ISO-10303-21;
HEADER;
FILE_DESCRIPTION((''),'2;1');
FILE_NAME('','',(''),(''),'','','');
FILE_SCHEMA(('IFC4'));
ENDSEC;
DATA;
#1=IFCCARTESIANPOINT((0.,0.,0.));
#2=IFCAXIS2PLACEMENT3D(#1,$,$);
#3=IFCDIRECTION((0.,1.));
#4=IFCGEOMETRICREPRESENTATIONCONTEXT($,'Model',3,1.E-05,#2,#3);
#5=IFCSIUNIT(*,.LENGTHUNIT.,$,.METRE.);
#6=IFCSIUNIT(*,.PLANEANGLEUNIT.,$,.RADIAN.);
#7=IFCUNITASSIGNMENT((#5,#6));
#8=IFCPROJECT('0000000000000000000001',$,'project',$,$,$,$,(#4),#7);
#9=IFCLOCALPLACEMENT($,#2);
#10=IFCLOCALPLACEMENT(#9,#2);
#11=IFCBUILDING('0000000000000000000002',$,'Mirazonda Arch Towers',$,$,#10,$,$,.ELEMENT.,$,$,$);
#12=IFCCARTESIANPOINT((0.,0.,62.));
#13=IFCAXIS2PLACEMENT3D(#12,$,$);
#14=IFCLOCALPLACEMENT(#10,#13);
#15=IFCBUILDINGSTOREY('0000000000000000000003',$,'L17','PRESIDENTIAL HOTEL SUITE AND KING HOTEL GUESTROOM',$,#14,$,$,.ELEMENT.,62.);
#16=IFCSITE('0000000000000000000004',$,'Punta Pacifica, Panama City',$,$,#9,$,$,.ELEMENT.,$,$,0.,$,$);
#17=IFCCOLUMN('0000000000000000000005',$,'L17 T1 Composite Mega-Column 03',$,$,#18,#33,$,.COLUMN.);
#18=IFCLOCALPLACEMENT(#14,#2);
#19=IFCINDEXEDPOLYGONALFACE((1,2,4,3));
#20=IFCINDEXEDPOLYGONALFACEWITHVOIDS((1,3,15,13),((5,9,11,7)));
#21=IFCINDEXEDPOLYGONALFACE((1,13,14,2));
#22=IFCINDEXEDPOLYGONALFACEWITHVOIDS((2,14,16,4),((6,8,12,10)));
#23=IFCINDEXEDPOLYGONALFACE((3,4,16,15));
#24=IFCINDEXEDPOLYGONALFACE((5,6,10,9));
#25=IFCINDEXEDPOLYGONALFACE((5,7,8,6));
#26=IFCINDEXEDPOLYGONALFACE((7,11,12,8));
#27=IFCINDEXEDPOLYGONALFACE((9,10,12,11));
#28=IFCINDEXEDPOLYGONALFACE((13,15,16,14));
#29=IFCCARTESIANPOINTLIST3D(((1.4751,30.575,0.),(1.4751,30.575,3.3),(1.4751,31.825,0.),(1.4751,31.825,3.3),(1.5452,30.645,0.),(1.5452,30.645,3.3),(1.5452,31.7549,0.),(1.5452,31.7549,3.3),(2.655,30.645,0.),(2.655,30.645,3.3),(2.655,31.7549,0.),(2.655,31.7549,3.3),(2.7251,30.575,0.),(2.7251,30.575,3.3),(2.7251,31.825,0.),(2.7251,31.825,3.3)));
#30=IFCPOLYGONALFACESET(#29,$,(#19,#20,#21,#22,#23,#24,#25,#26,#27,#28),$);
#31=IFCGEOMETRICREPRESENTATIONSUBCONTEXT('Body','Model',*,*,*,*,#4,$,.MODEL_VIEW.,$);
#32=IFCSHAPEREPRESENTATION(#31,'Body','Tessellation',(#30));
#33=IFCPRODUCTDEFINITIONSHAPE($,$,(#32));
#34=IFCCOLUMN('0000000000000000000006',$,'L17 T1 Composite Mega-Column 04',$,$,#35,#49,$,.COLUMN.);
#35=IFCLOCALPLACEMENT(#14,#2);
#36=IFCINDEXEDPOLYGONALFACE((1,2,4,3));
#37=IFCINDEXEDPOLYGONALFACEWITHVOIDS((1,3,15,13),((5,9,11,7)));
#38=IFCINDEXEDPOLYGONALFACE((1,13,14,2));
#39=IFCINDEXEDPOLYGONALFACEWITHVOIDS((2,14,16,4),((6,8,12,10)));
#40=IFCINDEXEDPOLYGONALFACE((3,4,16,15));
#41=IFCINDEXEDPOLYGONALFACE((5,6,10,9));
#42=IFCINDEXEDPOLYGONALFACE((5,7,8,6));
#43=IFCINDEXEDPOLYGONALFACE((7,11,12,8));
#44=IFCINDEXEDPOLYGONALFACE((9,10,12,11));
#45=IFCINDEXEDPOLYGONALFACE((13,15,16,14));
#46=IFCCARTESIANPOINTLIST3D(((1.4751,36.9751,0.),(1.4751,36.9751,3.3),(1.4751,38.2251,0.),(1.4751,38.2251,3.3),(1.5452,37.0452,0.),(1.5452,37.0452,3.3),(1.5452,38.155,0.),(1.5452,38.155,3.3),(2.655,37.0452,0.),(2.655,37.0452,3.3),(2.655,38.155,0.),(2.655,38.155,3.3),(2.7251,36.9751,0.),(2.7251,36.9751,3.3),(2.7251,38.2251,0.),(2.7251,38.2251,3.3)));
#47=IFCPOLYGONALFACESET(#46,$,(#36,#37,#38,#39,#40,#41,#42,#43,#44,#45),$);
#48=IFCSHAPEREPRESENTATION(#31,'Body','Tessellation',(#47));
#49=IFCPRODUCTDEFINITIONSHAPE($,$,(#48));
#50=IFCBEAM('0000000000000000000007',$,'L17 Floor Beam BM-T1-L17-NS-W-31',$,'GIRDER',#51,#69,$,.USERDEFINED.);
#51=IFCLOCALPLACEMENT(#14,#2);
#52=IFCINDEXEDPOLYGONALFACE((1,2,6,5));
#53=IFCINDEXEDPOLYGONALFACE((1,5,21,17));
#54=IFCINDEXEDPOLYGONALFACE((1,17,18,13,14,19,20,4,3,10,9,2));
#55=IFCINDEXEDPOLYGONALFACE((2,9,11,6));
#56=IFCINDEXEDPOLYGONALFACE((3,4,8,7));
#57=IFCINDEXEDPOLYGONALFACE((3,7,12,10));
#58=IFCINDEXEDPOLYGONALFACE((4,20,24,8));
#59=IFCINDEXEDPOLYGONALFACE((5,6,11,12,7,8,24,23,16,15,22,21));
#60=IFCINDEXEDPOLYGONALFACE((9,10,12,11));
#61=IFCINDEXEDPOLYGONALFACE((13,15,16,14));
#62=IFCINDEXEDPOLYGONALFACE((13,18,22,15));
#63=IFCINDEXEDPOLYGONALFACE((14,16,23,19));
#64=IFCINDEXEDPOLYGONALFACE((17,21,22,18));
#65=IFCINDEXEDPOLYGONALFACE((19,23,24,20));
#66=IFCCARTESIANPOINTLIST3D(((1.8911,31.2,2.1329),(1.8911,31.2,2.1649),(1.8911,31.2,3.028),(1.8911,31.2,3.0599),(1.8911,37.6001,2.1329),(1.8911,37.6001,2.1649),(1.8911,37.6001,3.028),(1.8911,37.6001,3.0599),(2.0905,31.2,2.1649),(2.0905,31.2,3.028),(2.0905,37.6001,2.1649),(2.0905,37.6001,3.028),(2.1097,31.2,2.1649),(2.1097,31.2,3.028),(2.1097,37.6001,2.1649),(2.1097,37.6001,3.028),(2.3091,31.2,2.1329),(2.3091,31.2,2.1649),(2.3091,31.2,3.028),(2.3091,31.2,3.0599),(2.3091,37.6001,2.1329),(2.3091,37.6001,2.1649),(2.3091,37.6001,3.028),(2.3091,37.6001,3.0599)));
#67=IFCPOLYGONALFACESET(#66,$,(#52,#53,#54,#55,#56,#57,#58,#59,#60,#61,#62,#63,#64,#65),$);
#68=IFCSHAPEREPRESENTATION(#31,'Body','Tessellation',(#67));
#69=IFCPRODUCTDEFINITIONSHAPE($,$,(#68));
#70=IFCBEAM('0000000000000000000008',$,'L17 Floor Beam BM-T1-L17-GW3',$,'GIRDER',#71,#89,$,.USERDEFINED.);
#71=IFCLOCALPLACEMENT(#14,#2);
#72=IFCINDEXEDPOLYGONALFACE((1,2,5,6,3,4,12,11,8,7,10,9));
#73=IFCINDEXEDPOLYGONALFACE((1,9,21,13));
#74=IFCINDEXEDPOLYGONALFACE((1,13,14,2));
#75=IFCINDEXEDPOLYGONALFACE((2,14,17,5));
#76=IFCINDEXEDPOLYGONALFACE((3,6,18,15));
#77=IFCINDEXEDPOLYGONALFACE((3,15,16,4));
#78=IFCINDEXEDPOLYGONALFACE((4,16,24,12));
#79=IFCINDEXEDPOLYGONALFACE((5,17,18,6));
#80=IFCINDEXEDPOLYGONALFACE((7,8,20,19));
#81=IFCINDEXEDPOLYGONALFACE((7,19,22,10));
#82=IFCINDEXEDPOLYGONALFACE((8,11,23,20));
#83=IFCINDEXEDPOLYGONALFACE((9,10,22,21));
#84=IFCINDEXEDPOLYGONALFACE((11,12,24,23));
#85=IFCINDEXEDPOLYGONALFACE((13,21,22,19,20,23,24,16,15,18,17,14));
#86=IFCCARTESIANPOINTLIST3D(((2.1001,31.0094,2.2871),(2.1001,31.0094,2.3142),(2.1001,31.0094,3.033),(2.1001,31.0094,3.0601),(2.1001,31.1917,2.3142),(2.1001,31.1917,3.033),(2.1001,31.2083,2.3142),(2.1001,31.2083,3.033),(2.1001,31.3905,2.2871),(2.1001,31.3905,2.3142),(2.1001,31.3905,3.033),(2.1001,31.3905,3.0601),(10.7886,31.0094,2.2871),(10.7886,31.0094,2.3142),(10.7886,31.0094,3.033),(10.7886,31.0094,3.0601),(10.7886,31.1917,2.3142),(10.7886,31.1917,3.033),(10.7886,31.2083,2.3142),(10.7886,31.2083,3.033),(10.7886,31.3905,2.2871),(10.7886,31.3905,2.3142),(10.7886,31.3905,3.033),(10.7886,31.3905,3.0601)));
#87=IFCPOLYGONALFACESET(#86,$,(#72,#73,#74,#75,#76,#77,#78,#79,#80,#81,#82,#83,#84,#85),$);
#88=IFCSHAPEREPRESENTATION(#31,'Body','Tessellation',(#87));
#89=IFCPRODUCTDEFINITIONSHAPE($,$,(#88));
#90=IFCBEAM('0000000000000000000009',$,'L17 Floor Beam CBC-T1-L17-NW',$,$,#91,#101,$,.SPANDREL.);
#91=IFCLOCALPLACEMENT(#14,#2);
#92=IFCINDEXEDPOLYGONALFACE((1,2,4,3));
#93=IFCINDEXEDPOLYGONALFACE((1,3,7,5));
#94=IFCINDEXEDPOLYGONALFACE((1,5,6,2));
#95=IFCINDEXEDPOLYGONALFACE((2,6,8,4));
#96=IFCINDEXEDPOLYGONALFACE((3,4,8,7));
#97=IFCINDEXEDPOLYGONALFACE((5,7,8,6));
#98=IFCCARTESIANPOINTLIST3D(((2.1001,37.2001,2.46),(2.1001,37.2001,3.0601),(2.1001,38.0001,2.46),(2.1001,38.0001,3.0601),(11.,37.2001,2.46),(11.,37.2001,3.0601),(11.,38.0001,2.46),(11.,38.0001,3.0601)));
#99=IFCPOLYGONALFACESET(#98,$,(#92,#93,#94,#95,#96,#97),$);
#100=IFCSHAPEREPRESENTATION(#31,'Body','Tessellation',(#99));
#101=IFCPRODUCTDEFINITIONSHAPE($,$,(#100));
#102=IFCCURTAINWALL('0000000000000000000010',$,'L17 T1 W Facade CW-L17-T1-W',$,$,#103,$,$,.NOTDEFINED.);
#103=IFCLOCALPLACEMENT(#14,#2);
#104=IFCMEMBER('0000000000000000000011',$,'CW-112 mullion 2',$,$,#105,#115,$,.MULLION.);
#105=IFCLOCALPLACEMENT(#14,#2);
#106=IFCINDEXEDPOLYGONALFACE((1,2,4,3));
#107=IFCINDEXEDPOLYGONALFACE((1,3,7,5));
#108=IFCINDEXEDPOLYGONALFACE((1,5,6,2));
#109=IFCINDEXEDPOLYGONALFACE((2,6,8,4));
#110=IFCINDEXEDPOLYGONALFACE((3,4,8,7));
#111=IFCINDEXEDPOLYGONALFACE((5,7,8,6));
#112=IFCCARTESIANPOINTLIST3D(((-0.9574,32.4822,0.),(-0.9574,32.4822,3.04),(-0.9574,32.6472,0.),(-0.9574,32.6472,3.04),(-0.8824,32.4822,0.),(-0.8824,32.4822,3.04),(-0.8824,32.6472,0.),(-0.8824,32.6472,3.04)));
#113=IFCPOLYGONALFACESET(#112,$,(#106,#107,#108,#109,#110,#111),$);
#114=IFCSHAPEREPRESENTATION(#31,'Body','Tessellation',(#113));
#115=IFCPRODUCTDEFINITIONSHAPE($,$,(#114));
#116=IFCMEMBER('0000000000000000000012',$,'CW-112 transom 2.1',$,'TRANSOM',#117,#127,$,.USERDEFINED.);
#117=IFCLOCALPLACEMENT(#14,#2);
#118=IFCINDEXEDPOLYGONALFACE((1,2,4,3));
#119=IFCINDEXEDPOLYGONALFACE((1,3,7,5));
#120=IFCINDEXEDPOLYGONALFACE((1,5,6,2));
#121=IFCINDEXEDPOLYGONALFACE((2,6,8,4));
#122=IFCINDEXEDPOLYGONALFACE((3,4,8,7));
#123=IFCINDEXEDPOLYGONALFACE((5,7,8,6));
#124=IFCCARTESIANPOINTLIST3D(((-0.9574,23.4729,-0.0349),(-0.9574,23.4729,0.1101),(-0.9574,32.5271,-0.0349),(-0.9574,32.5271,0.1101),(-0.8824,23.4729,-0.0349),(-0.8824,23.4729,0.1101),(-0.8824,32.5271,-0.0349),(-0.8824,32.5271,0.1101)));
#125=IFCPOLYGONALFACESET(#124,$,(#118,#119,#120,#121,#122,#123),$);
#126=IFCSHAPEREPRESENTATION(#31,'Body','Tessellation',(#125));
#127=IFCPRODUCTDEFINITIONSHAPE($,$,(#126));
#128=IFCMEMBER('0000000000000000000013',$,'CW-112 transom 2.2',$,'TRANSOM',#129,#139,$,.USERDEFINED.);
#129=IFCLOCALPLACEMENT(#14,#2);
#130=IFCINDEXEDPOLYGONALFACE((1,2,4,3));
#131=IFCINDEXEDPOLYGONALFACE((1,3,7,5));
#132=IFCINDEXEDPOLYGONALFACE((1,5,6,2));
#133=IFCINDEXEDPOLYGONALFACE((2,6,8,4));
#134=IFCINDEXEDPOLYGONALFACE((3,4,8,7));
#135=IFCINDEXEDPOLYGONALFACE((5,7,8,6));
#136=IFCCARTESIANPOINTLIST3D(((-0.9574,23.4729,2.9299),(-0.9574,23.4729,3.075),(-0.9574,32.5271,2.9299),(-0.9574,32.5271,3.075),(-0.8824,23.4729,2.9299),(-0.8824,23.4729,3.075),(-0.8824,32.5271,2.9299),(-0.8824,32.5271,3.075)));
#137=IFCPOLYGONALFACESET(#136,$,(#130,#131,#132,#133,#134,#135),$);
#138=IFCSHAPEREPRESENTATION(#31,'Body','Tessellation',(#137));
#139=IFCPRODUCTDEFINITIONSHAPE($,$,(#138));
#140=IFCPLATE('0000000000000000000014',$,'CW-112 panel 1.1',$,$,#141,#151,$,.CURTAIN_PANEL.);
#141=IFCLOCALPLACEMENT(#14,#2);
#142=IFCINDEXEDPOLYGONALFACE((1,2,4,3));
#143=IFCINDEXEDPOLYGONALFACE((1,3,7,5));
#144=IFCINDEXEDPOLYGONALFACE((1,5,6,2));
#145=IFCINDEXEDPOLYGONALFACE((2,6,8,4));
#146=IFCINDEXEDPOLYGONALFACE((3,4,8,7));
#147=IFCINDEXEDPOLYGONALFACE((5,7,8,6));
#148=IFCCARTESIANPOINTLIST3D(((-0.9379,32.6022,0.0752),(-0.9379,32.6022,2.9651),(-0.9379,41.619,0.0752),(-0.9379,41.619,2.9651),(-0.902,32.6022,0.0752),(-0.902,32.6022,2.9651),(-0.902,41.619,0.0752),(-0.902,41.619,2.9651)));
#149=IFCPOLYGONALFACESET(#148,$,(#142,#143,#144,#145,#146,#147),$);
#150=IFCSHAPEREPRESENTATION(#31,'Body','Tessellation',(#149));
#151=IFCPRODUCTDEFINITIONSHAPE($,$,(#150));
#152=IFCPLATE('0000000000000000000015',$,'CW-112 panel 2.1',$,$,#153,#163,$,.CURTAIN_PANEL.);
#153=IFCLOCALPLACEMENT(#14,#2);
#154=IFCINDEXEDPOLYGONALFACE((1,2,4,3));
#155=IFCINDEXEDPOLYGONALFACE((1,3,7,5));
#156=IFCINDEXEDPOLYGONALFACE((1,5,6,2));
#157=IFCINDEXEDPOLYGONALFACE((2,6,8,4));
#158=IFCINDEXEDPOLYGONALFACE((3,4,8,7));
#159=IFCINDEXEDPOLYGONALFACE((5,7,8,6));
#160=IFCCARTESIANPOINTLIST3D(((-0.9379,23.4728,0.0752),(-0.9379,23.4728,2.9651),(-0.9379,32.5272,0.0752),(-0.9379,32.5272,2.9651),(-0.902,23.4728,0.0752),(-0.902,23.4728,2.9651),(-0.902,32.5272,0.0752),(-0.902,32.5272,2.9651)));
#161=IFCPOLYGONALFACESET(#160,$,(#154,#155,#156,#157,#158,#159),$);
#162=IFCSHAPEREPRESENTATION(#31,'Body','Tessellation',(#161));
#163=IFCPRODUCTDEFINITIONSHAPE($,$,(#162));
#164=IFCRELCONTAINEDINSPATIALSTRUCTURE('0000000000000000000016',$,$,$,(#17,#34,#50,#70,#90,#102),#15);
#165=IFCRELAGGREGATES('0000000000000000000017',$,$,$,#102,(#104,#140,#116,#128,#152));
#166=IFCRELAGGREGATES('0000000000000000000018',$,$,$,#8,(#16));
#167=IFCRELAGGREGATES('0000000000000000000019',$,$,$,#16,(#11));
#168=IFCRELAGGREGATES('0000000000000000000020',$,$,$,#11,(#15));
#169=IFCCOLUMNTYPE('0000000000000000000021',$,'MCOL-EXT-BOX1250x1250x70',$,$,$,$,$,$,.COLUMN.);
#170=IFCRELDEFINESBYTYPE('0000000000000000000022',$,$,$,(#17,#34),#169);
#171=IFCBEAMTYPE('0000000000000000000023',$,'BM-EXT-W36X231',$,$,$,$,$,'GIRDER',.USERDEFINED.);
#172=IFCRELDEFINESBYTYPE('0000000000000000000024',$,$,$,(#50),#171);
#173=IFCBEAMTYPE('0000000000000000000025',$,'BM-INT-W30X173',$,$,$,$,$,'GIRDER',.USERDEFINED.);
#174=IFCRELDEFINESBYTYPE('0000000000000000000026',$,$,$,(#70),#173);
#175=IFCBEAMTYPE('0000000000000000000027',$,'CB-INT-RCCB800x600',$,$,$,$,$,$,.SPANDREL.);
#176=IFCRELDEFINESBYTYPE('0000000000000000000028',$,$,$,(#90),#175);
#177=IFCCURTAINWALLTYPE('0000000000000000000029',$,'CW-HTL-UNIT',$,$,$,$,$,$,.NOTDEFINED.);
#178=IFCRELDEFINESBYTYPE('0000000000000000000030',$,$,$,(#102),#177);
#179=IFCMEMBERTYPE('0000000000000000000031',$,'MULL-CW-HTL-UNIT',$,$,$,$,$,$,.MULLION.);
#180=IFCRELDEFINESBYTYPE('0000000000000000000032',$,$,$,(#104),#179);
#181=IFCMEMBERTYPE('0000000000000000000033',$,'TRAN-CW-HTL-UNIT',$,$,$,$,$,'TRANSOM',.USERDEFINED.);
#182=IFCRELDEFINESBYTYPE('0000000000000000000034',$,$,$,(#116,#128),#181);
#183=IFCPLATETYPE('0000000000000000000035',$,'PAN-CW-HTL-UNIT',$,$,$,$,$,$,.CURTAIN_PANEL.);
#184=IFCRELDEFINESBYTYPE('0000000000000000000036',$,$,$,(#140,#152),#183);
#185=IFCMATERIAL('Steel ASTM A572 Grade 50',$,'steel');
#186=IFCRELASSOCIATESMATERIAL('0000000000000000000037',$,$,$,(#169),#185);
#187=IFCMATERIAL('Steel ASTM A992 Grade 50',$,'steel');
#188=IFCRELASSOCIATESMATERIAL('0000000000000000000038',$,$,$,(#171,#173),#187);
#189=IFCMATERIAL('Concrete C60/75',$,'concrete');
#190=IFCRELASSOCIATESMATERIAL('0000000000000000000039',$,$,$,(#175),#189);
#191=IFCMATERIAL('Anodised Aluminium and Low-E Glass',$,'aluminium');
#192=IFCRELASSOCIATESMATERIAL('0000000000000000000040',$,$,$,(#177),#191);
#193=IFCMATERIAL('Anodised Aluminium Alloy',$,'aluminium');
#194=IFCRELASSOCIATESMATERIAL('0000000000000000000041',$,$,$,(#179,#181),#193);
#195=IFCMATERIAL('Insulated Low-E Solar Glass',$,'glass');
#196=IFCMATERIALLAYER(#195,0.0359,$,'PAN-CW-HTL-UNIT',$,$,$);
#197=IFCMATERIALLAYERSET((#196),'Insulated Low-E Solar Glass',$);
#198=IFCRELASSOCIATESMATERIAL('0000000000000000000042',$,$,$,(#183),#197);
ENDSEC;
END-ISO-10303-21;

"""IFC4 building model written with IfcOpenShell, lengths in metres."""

from ifc_helpers import new_model, si_unit, direction, frame, origin, origin_2d, place, context, subcontext, project, spatial, rectangle, hollow_rectangle, i_section, extrude, material, layer, layer_set, material_profile, profile_set, type_object, element, aggregate, save


model = new_model("IFC4")

# Units and contexts
model_context = context("Model", 3, precision=1e-05, world=origin(), true_north=direction((0.0, 1.0)))
body_context = subcontext(model_context, "Body", "Model", "MODEL_VIEW")
ifc_project = project(units=[si_unit("LENGTHUNIT", "METRE"), si_unit("PLANEANGLEUNIT", "RADIAN")], contexts=[model_context])

# Site, building, storey
site_placement = place(None, origin())
site = spatial("IfcSite", under=ifc_project, at=site_placement, Name="Punta Pacifica, Panama City", CompositionType="ELEMENT", RefElevation=0.0)
building_placement = place(site_placement, origin())
building = spatial("IfcBuilding", under=site, at=building_placement, Name="Mirazonda Arch Towers", CompositionType="ELEMENT")
storey_placement = place(building_placement, frame((0.0, 0.0, 62.0)))
storey = spatial("IfcBuildingStorey", under=building, at=storey_placement, Name="L17", Description="PRESIDENTIAL HOTEL SUITE AND KING HOTEL GUESTROOM", CompositionType="ELEMENT", Elevation=62.0)

# Columns
ifc_material_1 = material(Name="Steel ASTM A572 Grade 50", Category="steel")
ifc_material_profile_1 = material_profile(ifc_material_1, hollow_rectangle(XDim=1.25, YDim=1.25, WallThickness=0.0701, at=origin_2d()), Name="BOX1250x1250x70")
ifc_profile_set_1 = profile_set([ifc_material_profile_1], Name="Steel ASTM A572 Grade 50")
column_type = type_object("IfcColumnType", Name="MCOL-EXT-BOX1250x1250x70", PredefinedType="COLUMN", material=ifc_profile_set_1)
for number, where, z_axis, x_axis, name in (
    (1, (2.1001, 31.2, 0.0), (0.0, 0.0, 1.0), (1.0, 0.0, 0.0), "L17 T1 Composite Mega-Column 03"),
    (2, (2.1001, 37.6001, 0.0), (0.0, 0.0, 1.0), (1.0, 0.0, 0.0), "L17 T1 Composite Mega-Column 04"),
):
    element("IfcColumn", number, at=place(storey_placement, frame(where, z_axis=z_axis, x_axis=x_axis)), inside=storey, type_object=column_type, Name=name, PredefinedType="COLUMN", context=body_context, shape_type="SweptSolid", body=[
        extrude(hollow_rectangle(XDim=1.25, YDim=1.25, WallThickness=0.0701, at=origin_2d()), origin(), (0.0, 0.0, 1.0), 3.3),
    ])

# Beams
ifc_material_2 = material(Name="Steel ASTM A992 Grade 50", Category="steel")
ifc_material_profile_2 = material_profile(ifc_material_2, i_section(OverallWidth=0.418, OverallDepth=0.927, WebThickness=0.0193, FlangeThickness=0.032, at=origin_2d()), Name="W36X231")
ifc_profile_set_2 = profile_set([ifc_material_profile_2], Name="Steel ASTM A992 Grade 50")
beam_type_1 = type_object("IfcBeamType", Name="BM-EXT-W36X231", ElementType="GIRDER", PredefinedType="USERDEFINED", material=ifc_profile_set_2)
beam_1_placement = place(storey_placement, frame((2.1001, 31.2, 2.5964), z_axis=(0.0, 1.0, 0.0), x_axis=(-1.0, 0.0, 0.0)))
element("IfcBeam", 3, at=beam_1_placement, inside=storey, type_object=beam_type_1, Name="L17 Floor Beam BM-T1-L17-NS-W-31", ObjectType="GIRDER", PredefinedType="USERDEFINED", context=body_context, shape_type="SweptSolid", body=[
    extrude(i_section(OverallWidth=0.418, OverallDepth=0.927, WebThickness=0.0193, FlangeThickness=0.032, at=origin_2d()), origin(), (0.0, 0.0, 1.0), 6.4001),
])
ifc_material_profile_3 = material_profile(ifc_material_2, i_section(OverallWidth=0.3811, OverallDepth=0.7729, WebThickness=0.0166, FlangeThickness=0.0271, at=origin_2d()), Name="W30X173")
ifc_profile_set_3 = profile_set([ifc_material_profile_3], Name="Steel ASTM A992 Grade 50")
beam_type_2 = type_object("IfcBeamType", Name="BM-INT-W30X173", ElementType="GIRDER", PredefinedType="USERDEFINED", material=ifc_profile_set_3)
beam_2_placement = place(storey_placement, frame((2.1001, 31.2, 2.6736), z_axis=(1.0, 0.0, 0.0), x_axis=(0.0, 1.0, 0.0)))
element("IfcBeam", 4, at=beam_2_placement, inside=storey, type_object=beam_type_2, Name="L17 Floor Beam BM-T1-L17-GW3", ObjectType="GIRDER", PredefinedType="USERDEFINED", context=body_context, shape_type="SweptSolid", body=[
    extrude(i_section(OverallWidth=0.3811, OverallDepth=0.7729, WebThickness=0.0166, FlangeThickness=0.0271, at=origin_2d()), origin(), (0.0, 0.0, 1.0), 8.6885),
])
ifc_material_3 = material(Name="Concrete C60/75", Category="concrete")
ifc_material_profile_4 = material_profile(ifc_material_3, rectangle(XDim=0.8, YDim=0.6001, at=origin_2d()), Name="RCCB800x600")
ifc_profile_set_4 = profile_set([ifc_material_profile_4], Name="Concrete C60/75")
beam_type_3 = type_object("IfcBeamType", Name="CB-INT-RCCB800x600", PredefinedType="SPANDREL", material=ifc_profile_set_4)
beam_3_placement = place(storey_placement, frame((2.1001, 37.6001, 2.76), z_axis=(1.0, 0.0, 0.0), x_axis=(0.0, 1.0, 0.0)))
element("IfcBeam", 5, at=beam_3_placement, inside=storey, type_object=beam_type_3, Name="L17 Floor Beam CBC-T1-L17-NW", PredefinedType="SPANDREL", context=body_context, shape_type="SweptSolid", body=[
    extrude(rectangle(XDim=0.8, YDim=0.6001, at=origin_2d()), origin(), (0.0, 0.0, 1.0), 8.8999),
])

# Curtain wall, members, plates
ifc_material_4 = material(Name="Anodised Aluminium and Low-E Glass", Category="aluminium")
curtain_wall_type = type_object("IfcCurtainWallType", Name="CW-HTL-UNIT", PredefinedType="NOTDEFINED", material=ifc_material_4)
curtain_wall_placement = place(storey_placement, origin())
curtain_wall = element("IfcCurtainWall", 6, at=curtain_wall_placement, inside=storey, type_object=curtain_wall_type, Name="L17 T1 W Facade CW-L17-T1-W", PredefinedType="NOTDEFINED")
ifc_material_5 = material(Name="Anodised Aluminium Alloy", Category="aluminium")
ifc_material_profile_5 = material_profile(ifc_material_5, rectangle(XDim=0.075, YDim=0.165, at=origin_2d()), Name="ALU-MULL-75x165")
ifc_profile_set_5 = profile_set([ifc_material_profile_5], Name="Anodised Aluminium Alloy")
member_type_1 = type_object("IfcMemberType", Name="MULL-CW-HTL-UNIT", PredefinedType="MULLION", material=ifc_profile_set_5)
member_1_placement = place(storey_placement, frame((-0.9199, 32.5647, 0.0), z_axis=(0.0, 0.0, 1.0), x_axis=(1.0, 0.0, 0.0)))
member_1 = element("IfcMember", 7, at=member_1_placement, type_object=member_type_1, Name="CW-112 mullion 2", PredefinedType="MULLION", context=body_context, shape_type="SweptSolid", body=[
    extrude(rectangle(XDim=0.075, YDim=0.165, at=origin_2d()), origin(), (0.0, 0.0, 1.0), 3.04),
])
ifc_material_profile_6 = material_profile(ifc_material_5, rectangle(XDim=0.075, YDim=0.145, at=origin_2d()), Name="ALU-TRAN-75x145")
ifc_profile_set_6 = profile_set([ifc_material_profile_6], Name="Anodised Aluminium Alloy")
member_type_2 = type_object("IfcMemberType", Name="TRAN-CW-HTL-UNIT", ElementType="TRANSOM", PredefinedType="USERDEFINED", material=ifc_profile_set_6)
member_2_placement = place(storey_placement, frame((-0.9199, 32.5271, 0.0376), z_axis=(0.0, -1.0, 0.0), x_axis=(1.0, 0.0, 0.0)))
member_2 = element("IfcMember", 8, at=member_2_placement, type_object=member_type_2, Name="CW-112 transom 2.1", ObjectType="TRANSOM", PredefinedType="USERDEFINED", context=body_context, shape_type="SweptSolid", body=[
    extrude(rectangle(XDim=0.075, YDim=0.145, at=origin_2d()), origin(), (0.0, 0.0, 1.0), 9.0542),
])
member_3_placement = place(storey_placement, frame((-0.9199, 32.5271, 3.0024), z_axis=(0.0, -1.0, 0.0), x_axis=(1.0, 0.0, 0.0)))
member_3 = element("IfcMember", 9, at=member_3_placement, type_object=member_type_2, Name="CW-112 transom 2.2", ObjectType="TRANSOM", PredefinedType="USERDEFINED", context=body_context, shape_type="SweptSolid", body=[
    extrude(rectangle(XDim=0.075, YDim=0.145, at=origin_2d()), origin(), (0.0, 0.0, 1.0), 9.0542),
])
ifc_material_6 = material(Name="Insulated Low-E Solar Glass", Category="glass")
ifc_layer_1 = layer(ifc_material_6, 0.0359, Name="PAN-CW-HTL-UNIT")
ifc_layer_set_1 = layer_set([ifc_layer_1], Name="Insulated Low-E Solar Glass")
plate_type = type_object("IfcPlateType", Name="PAN-CW-HTL-UNIT", PredefinedType="CURTAIN_PANEL", material=ifc_layer_set_1)
plate_1_placement = place(storey_placement, frame((-0.9199, 37.1106, 0.0752), z_axis=(0.0, 0.0, 1.0), x_axis=(0.0, -1.0, 0.0)))
plate_1 = element("IfcPlate", 10, at=plate_1_placement, type_object=plate_type, Name="CW-112 panel 1.1", PredefinedType="CURTAIN_PANEL", context=body_context, shape_type="SweptSolid", body=[
    extrude(rectangle(XDim=9.0168, YDim=0.0359, at=origin_2d()), origin(), (0.0, 0.0, 1.0), 2.8899),
])
plate_2_placement = place(storey_placement, frame((-0.9199, 28.0, 0.0752), z_axis=(0.0, 0.0, 1.0), x_axis=(0.0, -1.0, 0.0)))
plate_2 = element("IfcPlate", 11, at=plate_2_placement, type_object=plate_type, Name="CW-112 panel 2.1", PredefinedType="CURTAIN_PANEL", context=body_context, shape_type="SweptSolid", body=[
    extrude(rectangle(XDim=9.0544, YDim=0.0359, at=origin_2d()), origin(), (0.0, 0.0, 1.0), 2.8899),
])
aggregate(curtain_wall, [member_1, plate_1, member_2, member_3, plate_2])

save(model, "model.ifc")
